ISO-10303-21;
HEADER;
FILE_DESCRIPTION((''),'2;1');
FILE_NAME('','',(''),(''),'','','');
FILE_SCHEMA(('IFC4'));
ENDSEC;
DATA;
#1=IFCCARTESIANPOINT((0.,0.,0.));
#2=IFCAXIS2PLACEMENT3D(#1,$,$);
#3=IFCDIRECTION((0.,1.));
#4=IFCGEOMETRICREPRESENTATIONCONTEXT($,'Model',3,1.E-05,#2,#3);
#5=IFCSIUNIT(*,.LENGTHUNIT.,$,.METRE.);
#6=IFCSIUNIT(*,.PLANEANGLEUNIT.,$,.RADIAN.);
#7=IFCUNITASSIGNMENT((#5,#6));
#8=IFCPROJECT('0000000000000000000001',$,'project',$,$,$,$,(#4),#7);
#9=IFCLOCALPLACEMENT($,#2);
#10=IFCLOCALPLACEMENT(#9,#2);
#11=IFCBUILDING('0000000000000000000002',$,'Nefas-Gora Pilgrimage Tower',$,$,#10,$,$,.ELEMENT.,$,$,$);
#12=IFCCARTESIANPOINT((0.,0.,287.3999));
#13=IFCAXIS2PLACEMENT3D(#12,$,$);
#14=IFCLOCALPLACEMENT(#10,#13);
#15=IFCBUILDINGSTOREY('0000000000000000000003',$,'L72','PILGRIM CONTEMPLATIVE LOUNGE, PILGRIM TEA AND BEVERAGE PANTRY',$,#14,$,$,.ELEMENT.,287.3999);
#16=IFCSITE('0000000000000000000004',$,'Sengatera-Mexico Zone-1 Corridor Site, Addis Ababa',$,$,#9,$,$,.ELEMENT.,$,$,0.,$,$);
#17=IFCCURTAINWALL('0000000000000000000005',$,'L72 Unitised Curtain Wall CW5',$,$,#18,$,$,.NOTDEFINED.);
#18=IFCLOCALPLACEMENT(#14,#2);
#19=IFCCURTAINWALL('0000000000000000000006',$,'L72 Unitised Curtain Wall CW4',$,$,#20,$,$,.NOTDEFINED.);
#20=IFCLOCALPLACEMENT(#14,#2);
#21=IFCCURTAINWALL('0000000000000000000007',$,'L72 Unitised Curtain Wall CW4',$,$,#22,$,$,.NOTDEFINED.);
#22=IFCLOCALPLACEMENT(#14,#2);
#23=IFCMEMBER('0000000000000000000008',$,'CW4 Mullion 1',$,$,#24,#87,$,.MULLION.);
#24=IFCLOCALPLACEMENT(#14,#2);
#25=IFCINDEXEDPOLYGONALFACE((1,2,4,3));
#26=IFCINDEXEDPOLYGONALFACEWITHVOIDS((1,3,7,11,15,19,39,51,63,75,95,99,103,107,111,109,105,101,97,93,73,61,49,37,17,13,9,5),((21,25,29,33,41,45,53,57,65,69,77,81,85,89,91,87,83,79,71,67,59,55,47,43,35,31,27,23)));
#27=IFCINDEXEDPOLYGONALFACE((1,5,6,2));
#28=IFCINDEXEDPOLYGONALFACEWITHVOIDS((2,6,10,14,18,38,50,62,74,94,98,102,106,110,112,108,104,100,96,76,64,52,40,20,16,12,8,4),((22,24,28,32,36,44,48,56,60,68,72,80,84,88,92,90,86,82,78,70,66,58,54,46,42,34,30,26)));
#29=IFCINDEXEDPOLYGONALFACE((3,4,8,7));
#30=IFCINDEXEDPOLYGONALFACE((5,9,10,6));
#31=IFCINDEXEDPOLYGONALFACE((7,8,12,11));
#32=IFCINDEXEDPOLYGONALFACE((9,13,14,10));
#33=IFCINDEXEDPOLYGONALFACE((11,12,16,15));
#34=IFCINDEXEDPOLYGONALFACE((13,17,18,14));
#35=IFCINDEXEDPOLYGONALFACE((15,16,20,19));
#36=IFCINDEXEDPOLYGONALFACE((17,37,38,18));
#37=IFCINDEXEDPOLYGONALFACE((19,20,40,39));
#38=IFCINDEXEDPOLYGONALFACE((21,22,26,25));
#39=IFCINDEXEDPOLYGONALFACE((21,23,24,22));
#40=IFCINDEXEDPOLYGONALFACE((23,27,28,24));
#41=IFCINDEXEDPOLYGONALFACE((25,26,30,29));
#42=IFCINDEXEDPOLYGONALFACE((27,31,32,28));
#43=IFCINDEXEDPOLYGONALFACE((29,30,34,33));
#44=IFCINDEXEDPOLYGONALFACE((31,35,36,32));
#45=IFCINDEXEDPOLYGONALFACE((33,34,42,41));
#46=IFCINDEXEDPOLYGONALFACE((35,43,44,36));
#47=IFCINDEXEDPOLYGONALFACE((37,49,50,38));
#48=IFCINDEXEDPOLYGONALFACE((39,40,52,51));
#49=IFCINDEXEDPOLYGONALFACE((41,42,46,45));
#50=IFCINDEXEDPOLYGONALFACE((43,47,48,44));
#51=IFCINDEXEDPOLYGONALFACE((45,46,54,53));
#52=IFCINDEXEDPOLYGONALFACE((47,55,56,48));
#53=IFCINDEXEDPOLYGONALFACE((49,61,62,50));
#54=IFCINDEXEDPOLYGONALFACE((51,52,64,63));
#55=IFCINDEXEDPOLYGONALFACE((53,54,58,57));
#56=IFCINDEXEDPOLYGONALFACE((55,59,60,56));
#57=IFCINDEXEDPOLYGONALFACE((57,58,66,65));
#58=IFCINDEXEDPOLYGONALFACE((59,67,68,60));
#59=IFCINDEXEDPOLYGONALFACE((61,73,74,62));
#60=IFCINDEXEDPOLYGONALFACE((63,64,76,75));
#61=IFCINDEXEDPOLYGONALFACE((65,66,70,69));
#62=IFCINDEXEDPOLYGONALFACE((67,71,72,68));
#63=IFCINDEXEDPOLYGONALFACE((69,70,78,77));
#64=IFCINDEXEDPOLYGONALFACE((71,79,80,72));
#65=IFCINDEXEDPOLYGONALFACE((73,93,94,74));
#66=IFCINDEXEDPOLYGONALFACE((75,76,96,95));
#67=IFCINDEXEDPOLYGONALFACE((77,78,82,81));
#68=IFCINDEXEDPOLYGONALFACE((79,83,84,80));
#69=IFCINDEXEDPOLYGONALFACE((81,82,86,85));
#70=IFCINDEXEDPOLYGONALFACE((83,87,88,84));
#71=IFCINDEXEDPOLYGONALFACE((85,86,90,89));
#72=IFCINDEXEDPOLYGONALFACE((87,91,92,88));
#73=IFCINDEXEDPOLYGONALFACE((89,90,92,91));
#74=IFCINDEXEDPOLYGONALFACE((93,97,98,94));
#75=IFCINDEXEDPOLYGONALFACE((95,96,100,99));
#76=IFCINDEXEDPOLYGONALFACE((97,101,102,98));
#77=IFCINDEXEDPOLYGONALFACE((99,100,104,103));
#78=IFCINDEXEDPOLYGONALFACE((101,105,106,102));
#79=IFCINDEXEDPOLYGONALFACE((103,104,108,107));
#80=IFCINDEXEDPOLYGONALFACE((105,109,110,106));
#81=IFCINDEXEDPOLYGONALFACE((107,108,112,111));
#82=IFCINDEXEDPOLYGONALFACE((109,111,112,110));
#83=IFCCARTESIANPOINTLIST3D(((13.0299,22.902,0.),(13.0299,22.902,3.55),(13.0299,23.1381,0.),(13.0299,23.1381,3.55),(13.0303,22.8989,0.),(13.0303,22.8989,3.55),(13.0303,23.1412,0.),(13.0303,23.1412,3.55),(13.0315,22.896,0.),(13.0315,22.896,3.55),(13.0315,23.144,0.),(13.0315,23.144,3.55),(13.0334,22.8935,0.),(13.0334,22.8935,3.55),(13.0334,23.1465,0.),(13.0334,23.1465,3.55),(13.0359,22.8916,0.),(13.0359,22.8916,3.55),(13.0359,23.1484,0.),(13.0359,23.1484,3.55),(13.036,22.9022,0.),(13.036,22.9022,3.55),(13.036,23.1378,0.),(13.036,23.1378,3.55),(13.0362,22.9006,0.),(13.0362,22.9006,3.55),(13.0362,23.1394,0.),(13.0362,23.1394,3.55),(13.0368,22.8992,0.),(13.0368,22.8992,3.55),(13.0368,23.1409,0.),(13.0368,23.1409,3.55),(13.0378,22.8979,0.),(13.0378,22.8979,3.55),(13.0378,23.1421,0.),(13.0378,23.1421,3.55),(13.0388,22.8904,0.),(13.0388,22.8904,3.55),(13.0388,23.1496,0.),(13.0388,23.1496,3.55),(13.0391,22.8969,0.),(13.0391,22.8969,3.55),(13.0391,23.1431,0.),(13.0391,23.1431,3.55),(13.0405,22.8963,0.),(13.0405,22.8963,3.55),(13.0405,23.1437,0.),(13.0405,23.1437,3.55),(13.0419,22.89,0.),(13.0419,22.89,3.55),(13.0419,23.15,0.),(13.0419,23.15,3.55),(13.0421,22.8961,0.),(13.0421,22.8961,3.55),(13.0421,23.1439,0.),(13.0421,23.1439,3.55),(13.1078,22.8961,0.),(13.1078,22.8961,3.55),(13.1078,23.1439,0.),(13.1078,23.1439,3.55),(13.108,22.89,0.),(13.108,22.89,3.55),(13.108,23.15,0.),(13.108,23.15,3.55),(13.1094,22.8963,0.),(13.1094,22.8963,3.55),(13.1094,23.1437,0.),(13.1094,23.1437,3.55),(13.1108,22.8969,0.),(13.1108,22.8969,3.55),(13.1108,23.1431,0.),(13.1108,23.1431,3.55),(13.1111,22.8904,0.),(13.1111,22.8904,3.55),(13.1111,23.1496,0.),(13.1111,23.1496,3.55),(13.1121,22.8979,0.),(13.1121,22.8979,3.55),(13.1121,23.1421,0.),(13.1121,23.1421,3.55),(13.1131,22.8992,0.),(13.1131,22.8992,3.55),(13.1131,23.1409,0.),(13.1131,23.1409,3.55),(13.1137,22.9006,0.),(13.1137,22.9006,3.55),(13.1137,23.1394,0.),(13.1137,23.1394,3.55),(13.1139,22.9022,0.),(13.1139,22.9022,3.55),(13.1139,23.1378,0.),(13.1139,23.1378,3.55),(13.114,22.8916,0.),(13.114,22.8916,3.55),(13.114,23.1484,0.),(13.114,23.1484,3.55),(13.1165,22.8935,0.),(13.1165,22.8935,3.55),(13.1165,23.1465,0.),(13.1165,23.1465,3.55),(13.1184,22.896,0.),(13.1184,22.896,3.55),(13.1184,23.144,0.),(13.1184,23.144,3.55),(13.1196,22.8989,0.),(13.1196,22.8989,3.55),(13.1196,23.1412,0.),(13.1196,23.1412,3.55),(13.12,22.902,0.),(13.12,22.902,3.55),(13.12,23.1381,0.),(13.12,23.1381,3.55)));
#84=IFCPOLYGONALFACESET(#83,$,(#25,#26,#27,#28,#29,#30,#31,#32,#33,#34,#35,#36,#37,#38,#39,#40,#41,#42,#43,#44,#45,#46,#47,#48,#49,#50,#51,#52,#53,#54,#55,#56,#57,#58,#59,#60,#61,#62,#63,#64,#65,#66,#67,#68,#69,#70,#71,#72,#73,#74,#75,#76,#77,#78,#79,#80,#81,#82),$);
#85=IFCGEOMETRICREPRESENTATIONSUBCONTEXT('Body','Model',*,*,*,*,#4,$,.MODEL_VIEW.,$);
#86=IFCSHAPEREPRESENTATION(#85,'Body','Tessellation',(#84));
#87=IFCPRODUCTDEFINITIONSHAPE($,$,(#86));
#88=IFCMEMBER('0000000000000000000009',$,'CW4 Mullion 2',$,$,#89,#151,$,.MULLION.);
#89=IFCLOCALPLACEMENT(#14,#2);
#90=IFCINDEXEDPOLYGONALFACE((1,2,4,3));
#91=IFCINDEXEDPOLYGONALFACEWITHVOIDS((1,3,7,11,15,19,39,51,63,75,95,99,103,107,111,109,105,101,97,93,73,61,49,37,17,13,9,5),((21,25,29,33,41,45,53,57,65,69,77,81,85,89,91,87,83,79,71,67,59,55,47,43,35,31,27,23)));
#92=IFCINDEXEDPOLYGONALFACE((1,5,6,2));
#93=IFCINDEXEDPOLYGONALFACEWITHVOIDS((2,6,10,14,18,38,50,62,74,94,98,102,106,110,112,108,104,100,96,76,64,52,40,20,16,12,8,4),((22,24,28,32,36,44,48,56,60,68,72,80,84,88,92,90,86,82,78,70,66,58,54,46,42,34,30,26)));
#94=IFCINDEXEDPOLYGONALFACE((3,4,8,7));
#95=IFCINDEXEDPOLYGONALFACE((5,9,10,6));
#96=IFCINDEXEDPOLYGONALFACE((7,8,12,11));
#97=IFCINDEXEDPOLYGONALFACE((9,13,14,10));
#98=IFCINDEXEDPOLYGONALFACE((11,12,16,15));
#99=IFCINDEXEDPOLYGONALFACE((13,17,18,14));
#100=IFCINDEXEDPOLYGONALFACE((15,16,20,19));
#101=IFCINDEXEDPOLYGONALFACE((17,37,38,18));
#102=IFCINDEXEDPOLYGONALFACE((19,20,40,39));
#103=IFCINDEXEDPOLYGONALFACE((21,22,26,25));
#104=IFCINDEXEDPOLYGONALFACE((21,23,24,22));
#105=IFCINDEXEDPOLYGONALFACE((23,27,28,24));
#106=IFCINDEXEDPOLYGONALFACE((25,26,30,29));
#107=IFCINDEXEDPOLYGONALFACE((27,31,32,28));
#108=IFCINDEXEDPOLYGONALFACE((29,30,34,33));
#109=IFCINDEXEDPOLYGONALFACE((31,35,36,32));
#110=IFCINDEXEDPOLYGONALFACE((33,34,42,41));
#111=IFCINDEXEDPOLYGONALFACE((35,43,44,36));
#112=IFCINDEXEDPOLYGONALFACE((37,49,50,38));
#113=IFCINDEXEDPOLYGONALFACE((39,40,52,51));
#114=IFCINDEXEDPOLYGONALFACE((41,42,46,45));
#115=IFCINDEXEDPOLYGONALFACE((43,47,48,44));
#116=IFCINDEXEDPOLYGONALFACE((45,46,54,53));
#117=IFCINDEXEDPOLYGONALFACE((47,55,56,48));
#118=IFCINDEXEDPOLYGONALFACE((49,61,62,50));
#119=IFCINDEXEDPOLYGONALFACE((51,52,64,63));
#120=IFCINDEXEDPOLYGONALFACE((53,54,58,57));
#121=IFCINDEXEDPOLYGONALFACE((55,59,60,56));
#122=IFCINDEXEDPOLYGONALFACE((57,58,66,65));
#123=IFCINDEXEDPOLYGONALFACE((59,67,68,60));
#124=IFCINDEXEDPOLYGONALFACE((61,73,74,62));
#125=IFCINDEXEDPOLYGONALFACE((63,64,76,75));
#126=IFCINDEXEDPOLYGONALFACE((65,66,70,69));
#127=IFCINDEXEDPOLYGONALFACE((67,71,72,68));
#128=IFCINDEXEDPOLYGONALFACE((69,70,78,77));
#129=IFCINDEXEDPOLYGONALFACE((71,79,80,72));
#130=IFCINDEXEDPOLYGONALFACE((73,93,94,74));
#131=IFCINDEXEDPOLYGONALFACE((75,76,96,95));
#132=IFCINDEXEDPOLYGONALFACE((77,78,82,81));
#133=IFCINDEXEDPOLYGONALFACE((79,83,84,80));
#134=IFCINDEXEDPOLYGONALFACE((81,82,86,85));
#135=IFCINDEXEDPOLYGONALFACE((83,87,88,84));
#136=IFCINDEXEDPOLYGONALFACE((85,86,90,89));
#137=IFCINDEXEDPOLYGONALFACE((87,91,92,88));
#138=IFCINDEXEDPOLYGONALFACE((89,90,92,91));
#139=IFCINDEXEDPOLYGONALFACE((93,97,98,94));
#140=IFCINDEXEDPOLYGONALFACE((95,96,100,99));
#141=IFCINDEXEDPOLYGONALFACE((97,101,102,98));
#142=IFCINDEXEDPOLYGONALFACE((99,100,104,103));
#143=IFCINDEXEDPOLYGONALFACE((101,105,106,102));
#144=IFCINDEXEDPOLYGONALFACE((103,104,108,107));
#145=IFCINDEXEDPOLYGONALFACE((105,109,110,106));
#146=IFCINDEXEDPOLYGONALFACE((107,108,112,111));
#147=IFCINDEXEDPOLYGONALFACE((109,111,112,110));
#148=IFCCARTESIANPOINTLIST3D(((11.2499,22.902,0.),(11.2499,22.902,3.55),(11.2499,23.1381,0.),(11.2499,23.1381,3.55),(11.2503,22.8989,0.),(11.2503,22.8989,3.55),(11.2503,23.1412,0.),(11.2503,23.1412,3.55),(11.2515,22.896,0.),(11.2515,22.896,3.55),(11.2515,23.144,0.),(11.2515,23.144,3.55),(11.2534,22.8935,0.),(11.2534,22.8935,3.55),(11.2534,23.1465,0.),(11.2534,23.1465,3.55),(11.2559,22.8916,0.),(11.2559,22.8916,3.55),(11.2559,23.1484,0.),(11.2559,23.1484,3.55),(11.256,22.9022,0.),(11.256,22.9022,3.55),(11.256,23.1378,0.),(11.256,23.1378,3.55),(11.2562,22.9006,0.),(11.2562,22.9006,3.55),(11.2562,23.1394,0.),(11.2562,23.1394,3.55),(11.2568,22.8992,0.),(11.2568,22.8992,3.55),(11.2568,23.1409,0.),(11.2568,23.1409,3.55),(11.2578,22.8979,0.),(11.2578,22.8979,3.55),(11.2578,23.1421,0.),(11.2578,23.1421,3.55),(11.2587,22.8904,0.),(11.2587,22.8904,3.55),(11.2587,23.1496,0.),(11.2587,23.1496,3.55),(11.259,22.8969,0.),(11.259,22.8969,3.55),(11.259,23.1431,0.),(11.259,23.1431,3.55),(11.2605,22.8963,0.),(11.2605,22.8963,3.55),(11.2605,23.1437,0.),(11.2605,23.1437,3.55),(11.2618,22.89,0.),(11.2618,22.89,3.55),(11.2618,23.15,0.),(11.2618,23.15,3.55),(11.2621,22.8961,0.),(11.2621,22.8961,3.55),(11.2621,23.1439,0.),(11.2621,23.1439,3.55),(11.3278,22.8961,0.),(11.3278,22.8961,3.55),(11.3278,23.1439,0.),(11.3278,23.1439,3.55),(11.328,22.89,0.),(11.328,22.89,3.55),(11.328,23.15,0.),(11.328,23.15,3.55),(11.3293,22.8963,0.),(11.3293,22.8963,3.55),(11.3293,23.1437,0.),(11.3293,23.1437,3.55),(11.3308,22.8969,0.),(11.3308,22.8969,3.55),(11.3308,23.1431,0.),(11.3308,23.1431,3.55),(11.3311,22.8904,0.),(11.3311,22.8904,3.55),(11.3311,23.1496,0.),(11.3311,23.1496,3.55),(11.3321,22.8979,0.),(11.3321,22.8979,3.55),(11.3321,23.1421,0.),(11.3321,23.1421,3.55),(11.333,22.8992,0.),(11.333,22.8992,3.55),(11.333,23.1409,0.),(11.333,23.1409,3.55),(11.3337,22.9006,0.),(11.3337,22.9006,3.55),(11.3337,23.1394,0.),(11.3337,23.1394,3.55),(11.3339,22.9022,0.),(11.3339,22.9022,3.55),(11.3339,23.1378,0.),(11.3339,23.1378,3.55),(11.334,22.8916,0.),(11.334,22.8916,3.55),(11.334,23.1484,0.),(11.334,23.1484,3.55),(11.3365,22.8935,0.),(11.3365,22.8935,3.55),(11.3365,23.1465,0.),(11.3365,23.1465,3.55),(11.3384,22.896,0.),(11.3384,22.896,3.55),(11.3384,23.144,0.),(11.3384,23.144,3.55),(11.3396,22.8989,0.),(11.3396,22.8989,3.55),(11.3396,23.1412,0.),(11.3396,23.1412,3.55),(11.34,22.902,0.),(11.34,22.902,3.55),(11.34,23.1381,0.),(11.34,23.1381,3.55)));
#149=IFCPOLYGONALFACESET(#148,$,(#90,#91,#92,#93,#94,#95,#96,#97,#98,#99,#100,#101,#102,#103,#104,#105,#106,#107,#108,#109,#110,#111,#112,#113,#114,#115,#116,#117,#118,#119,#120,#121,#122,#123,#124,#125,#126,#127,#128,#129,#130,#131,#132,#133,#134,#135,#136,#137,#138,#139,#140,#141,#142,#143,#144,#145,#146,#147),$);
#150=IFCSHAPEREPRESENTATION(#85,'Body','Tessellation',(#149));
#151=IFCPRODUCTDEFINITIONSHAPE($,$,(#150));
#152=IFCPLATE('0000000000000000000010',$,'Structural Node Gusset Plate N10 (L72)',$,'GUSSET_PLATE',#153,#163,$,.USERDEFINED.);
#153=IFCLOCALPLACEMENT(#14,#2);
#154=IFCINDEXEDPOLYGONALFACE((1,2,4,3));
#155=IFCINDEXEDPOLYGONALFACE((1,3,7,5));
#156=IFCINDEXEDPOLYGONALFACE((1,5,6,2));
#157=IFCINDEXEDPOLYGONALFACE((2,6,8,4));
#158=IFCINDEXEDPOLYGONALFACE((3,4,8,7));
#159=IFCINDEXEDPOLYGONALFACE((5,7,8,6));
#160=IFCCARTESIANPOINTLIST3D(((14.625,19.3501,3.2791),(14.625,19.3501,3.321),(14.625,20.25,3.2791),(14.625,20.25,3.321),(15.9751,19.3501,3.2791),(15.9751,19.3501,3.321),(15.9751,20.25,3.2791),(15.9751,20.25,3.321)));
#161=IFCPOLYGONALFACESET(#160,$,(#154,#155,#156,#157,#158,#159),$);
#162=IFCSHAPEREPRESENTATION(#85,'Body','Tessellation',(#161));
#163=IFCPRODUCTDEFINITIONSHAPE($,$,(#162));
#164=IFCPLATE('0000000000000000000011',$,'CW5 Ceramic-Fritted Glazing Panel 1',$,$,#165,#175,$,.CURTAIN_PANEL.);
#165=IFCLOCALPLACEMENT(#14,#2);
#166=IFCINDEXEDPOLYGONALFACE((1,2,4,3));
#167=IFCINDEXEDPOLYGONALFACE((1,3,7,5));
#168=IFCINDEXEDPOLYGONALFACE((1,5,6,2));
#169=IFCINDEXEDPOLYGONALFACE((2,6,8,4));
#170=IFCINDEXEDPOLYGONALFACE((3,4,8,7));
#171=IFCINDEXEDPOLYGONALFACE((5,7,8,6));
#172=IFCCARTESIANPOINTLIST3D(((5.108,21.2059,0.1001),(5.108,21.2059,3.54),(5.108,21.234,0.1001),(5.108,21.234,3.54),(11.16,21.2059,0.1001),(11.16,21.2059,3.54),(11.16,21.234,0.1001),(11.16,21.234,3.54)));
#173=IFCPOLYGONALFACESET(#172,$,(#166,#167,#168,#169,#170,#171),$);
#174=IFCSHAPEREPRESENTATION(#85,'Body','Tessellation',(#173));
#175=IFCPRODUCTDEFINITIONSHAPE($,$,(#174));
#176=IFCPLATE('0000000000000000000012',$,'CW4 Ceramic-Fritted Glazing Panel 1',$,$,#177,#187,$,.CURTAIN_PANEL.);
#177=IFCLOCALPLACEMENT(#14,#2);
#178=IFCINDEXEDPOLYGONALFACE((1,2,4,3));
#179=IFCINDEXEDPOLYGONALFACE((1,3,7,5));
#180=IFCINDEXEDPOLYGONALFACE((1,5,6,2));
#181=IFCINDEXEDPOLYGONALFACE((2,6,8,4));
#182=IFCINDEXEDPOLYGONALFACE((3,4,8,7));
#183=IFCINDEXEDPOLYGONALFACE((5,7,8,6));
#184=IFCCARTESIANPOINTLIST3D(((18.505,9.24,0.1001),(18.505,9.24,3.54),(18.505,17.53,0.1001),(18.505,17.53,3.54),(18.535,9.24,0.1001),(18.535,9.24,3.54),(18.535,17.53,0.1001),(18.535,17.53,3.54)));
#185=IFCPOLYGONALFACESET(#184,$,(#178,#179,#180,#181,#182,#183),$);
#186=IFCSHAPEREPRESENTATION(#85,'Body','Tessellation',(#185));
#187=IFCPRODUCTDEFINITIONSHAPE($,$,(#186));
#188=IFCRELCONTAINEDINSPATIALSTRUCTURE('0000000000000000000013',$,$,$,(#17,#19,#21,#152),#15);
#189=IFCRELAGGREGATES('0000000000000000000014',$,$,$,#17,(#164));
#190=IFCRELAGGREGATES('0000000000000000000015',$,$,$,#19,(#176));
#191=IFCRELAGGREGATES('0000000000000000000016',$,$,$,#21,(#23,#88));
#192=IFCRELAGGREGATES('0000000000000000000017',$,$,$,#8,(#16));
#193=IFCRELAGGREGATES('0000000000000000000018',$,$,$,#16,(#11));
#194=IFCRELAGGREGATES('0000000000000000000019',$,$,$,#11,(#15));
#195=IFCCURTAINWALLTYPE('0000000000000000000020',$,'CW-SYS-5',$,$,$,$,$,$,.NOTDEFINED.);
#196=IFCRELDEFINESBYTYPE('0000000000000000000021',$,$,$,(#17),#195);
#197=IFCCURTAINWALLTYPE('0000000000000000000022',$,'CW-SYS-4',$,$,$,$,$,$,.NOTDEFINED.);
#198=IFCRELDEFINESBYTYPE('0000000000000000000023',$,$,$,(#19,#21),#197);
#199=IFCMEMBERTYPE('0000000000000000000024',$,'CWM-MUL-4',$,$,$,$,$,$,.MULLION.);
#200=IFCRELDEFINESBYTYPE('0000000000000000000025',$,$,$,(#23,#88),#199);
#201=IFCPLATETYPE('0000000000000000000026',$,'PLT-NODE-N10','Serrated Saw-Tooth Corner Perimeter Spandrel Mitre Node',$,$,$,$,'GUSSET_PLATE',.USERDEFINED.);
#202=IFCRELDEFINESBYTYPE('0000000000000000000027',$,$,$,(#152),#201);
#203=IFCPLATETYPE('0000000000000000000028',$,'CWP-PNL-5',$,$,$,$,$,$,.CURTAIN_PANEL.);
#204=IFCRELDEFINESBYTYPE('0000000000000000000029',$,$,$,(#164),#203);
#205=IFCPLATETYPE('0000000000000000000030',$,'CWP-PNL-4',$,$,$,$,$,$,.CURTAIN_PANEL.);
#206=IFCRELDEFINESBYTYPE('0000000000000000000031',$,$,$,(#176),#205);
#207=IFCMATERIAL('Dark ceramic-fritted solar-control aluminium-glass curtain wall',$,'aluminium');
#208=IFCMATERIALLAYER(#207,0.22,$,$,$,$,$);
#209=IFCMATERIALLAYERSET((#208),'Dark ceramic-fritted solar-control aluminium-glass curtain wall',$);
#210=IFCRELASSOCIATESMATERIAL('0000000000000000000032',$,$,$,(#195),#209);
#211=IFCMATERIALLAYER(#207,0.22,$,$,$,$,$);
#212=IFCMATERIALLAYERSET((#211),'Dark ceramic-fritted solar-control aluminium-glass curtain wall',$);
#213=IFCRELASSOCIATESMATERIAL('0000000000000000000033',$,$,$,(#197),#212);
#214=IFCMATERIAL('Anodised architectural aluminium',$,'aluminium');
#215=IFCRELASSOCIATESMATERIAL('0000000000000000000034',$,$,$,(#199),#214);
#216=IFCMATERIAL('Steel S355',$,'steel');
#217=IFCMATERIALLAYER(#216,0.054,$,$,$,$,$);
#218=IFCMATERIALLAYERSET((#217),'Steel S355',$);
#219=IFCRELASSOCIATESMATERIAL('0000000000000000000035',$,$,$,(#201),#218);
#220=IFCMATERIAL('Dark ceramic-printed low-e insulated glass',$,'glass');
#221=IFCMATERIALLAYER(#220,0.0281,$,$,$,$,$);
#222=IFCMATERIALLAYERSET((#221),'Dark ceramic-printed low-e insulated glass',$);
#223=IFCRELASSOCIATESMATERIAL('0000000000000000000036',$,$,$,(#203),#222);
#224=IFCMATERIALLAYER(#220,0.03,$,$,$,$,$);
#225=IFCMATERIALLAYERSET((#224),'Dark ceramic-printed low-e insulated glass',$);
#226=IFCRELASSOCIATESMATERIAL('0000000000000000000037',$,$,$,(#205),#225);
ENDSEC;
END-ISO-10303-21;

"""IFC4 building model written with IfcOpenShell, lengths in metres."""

from ifc_helpers import new_model, si_unit, direction, frame, origin, origin_2d, place, context, subcontext, project, spatial, rectangle, hollow_rectangle, extrude, source, transform, mapped, material, layer, layer_set, material_profile, profile_set, type_object, element, aggregate, save


model = new_model("IFC4")

# Units and contexts
model_context = context("Model", 3, precision=1e-05, world=origin(), true_north=direction((0.0, 1.0)))
body_context = subcontext(model_context, "Body", "Model", "MODEL_VIEW")
ifc_project = project(units=[si_unit("LENGTHUNIT", "METRE"), si_unit("PLANEANGLEUNIT", "RADIAN")], contexts=[model_context])

# Site, building, storey
site_placement = place(None, origin())
site = spatial("IfcSite", under=ifc_project, at=site_placement, Name="Sengatera-Mexico Zone-1 Corridor Site, Addis Ababa", CompositionType="ELEMENT", RefElevation=0.0)
building_placement = place(site_placement, origin())
building = spatial("IfcBuilding", under=site, at=building_placement, Name="Nefas-Gora Pilgrimage Tower", CompositionType="ELEMENT")
storey_placement = place(building_placement, frame((0.0, 0.0, 287.3999)))
storey = spatial("IfcBuildingStorey", under=building, at=storey_placement, Name="L72", Description="PILGRIM CONTEMPLATIVE LOUNGE, PILGRIM TEA AND BEVERAGE PANTRY", CompositionType="ELEMENT", Elevation=287.3999)

# Shared definitions
ifc_material_1 = material(Name="Steel S355", Category="steel")

# Curtain wall
ifc_material_2 = material(Name="Dark ceramic-fritted solar-control aluminium-glass curtain wall", Category="aluminium")
ifc_layer_1 = layer(ifc_material_2, 0.22)
ifc_layer_set_1 = layer_set([ifc_layer_1], Name="Dark ceramic-fritted solar-control aluminium-glass curtain wall")
curtain_wall_type_1 = type_object("IfcCurtainWallType", Name="CW-SYS-5", PredefinedType="NOTDEFINED", material=ifc_layer_set_1)
curtain_wall_1_placement = place(storey_placement, origin())
curtain_wall_1 = element("IfcCurtainWall", 1, at=curtain_wall_1_placement, inside=storey, type_object=curtain_wall_type_1, Name="L72 Unitised Curtain Wall CW5", PredefinedType="NOTDEFINED")
ifc_material_3 = material(Name="Anodised architectural aluminium", Category="aluminium")

# Curtain walls
ifc_layer_2 = layer(ifc_material_2, 0.22)
ifc_layer_set_2 = layer_set([ifc_layer_2], Name="Dark ceramic-fritted solar-control aluminium-glass curtain wall")
curtain_wall_type_2 = type_object("IfcCurtainWallType", Name="CW-SYS-4", PredefinedType="NOTDEFINED", material=ifc_layer_set_2)
curtain_wall_2_placement = place(storey_placement, origin())
curtain_wall_2 = element("IfcCurtainWall", 2, at=curtain_wall_2_placement, inside=storey, type_object=curtain_wall_type_2, Name="L72 Unitised Curtain Wall CW4", PredefinedType="NOTDEFINED")
curtain_wall_3_placement = place(storey_placement, origin())
curtain_wall_3 = element("IfcCurtainWall", 3, at=curtain_wall_3_placement, inside=storey, type_object=curtain_wall_type_2, Name="L72 Unitised Curtain Wall CW4", PredefinedType="NOTDEFINED")

# Members
ifc_material_profile_1 = material_profile(ifc_material_3, hollow_rectangle(XDim=0.0901, YDim=0.26, WallThickness=0.0061, InnerFilletRadius=0.0061, OuterFilletRadius=0.012, at=origin_2d()), Name="ALU MULLION 90x260")
ifc_profile_set_1 = profile_set([ifc_material_profile_1], Name="Anodised architectural aluminium")
member_type_1 = type_object("IfcMemberType", Name="CWM-MUL-4", PredefinedType="MULLION", material=ifc_profile_set_1)
shared_shape_1 = source(origin(), body_context, "Body", "SweptSolid", [
    extrude(hollow_rectangle(XDim=0.0901, YDim=0.26, WallThickness=0.0061, InnerFilletRadius=0.0061, OuterFilletRadius=0.012, at=origin_2d()), origin(), (0.0, 0.0, 1.0), 3.55),
])
member_1_placement = place(storey_placement, frame((13.075, 23.02, 0.0), z_axis=(0.0, 0.0, 1.0), x_axis=(-1.0, 0.0, 0.0)))
member_1 = element("IfcMember", 4, at=member_1_placement, type_object=member_type_1, Name="CW4 Mullion 1", PredefinedType="MULLION", context=body_context, shape_type="MappedRepresentation", body=[
    mapped(shared_shape_1, transform((0.0, 0.0, 0.0), x_axis=(1.0, 0.0, 0.0), y_axis=(0.0, 1.0, 0.0), z_axis=(0.0, 0.0, 1.0), scale=1.0)),
])
member_2_placement = place(storey_placement, frame((11.2949, 23.02, 0.0), z_axis=(0.0, 0.0, 1.0), x_axis=(-1.0, 0.0, 0.0)))
member_2 = element("IfcMember", 5, at=member_2_placement, type_object=member_type_1, Name="CW4 Mullion 2", PredefinedType="MULLION", context=body_context, shape_type="MappedRepresentation", body=[
    mapped(shared_shape_1, transform((0.0, 0.0, 0.0), x_axis=(1.0, 0.0, 0.0), y_axis=(0.0, 1.0, 0.0), z_axis=(0.0, 0.0, 1.0), scale=1.0)),
])

# Plates
ifc_layer_3 = layer(ifc_material_1, 0.054)
ifc_layer_set_3 = layer_set([ifc_layer_3], Name="Steel S355")
plate_type_1 = type_object("IfcPlateType", Name="PLT-NODE-N10", Description="Serrated Saw-Tooth Corner Perimeter Spandrel Mitre Node", ElementType="GUSSET_PLATE", PredefinedType="USERDEFINED", material=ifc_layer_set_3)
shared_shape_2 = source(origin(), body_context, "Body", "SweptSolid", [
    extrude(rectangle(XDim=1.3501, YDim=0.8999, at=origin_2d()), origin(), (0.0, 0.0, 1.0), 0.042),
])
plate_1_placement = place(storey_placement, frame((15.3, 19.8, 3.2791), z_axis=(0.0, 0.0, 1.0), x_axis=(1.0, 0.0, 0.0)))
element("IfcPlate", 6, at=plate_1_placement, inside=storey, type_object=plate_type_1, Name="Structural Node Gusset Plate N10 (L72)", ObjectType="GUSSET_PLATE", PredefinedType="USERDEFINED", context=body_context, shape_type="MappedRepresentation", body=[
    mapped(shared_shape_2, transform((0.0, 0.0, 0.0), x_axis=(1.0, 0.0, 0.0), y_axis=(0.0, 1.0, 0.0), z_axis=(0.0, 0.0, 1.0), scale=1.0)),
])
ifc_material_4 = material(Name="Dark ceramic-printed low-e insulated glass", Category="glass")
ifc_layer_4 = layer(ifc_material_4, 0.0281)
ifc_layer_set_4 = layer_set([ifc_layer_4], Name="Dark ceramic-printed low-e insulated glass")
plate_type_2 = type_object("IfcPlateType", Name="CWP-PNL-5", PredefinedType="CURTAIN_PANEL", material=ifc_layer_set_4)
shared_shape_3 = source(origin(), body_context, "Body", "SweptSolid", [
    extrude(rectangle(XDim=6.052, YDim=0.0281, at=origin_2d()), origin(), (0.0, 0.0, 1.0), 3.4399),
])
plate_2_placement = place(storey_placement, frame((8.134, 21.22, 0.1001), z_axis=(0.0, 0.0, 1.0), x_axis=(-1.0, 0.0, 0.0)))
plate_2 = element("IfcPlate", 7, at=plate_2_placement, type_object=plate_type_2, Name="CW5 Ceramic-Fritted Glazing Panel 1", PredefinedType="CURTAIN_PANEL", context=body_context, shape_type="MappedRepresentation", body=[
    mapped(shared_shape_3, transform((0.0, 0.0, 0.0), x_axis=(1.0, 0.0, 0.0), y_axis=(0.0, 1.0, 0.0), z_axis=(0.0, 0.0, 1.0), scale=1.0)),
])
aggregate(curtain_wall_1, [plate_2])
ifc_layer_5 = layer(ifc_material_4, 0.03)
ifc_layer_set_5 = layer_set([ifc_layer_5], Name="Dark ceramic-printed low-e insulated glass")
plate_type_3 = type_object("IfcPlateType", Name="CWP-PNL-4", PredefinedType="CURTAIN_PANEL", material=ifc_layer_set_5)
shared_shape_4 = source(origin(), body_context, "Body", "SweptSolid", [
    extrude(rectangle(XDim=8.29, YDim=0.03, at=origin_2d()), origin(), (0.0, 0.0, 1.0), 3.4399),
])
plate_3_placement = place(storey_placement, frame((18.52, 13.385, 0.1001), z_axis=(0.0, 0.0, 1.0), x_axis=(0.0, 1.0, 0.0)))
plate_3 = element("IfcPlate", 8, at=plate_3_placement, type_object=plate_type_3, Name="CW4 Ceramic-Fritted Glazing Panel 1", PredefinedType="CURTAIN_PANEL", context=body_context, shape_type="MappedRepresentation", body=[
    mapped(shared_shape_4, transform((0.0, 0.0, 0.0), x_axis=(1.0, 0.0, 0.0), y_axis=(0.0, 1.0, 0.0), z_axis=(0.0, 0.0, 1.0), scale=1.0)),
])
aggregate(curtain_wall_2, [plate_3])
aggregate(curtain_wall_3, [member_1, member_2])

save(model, "model.ifc")
